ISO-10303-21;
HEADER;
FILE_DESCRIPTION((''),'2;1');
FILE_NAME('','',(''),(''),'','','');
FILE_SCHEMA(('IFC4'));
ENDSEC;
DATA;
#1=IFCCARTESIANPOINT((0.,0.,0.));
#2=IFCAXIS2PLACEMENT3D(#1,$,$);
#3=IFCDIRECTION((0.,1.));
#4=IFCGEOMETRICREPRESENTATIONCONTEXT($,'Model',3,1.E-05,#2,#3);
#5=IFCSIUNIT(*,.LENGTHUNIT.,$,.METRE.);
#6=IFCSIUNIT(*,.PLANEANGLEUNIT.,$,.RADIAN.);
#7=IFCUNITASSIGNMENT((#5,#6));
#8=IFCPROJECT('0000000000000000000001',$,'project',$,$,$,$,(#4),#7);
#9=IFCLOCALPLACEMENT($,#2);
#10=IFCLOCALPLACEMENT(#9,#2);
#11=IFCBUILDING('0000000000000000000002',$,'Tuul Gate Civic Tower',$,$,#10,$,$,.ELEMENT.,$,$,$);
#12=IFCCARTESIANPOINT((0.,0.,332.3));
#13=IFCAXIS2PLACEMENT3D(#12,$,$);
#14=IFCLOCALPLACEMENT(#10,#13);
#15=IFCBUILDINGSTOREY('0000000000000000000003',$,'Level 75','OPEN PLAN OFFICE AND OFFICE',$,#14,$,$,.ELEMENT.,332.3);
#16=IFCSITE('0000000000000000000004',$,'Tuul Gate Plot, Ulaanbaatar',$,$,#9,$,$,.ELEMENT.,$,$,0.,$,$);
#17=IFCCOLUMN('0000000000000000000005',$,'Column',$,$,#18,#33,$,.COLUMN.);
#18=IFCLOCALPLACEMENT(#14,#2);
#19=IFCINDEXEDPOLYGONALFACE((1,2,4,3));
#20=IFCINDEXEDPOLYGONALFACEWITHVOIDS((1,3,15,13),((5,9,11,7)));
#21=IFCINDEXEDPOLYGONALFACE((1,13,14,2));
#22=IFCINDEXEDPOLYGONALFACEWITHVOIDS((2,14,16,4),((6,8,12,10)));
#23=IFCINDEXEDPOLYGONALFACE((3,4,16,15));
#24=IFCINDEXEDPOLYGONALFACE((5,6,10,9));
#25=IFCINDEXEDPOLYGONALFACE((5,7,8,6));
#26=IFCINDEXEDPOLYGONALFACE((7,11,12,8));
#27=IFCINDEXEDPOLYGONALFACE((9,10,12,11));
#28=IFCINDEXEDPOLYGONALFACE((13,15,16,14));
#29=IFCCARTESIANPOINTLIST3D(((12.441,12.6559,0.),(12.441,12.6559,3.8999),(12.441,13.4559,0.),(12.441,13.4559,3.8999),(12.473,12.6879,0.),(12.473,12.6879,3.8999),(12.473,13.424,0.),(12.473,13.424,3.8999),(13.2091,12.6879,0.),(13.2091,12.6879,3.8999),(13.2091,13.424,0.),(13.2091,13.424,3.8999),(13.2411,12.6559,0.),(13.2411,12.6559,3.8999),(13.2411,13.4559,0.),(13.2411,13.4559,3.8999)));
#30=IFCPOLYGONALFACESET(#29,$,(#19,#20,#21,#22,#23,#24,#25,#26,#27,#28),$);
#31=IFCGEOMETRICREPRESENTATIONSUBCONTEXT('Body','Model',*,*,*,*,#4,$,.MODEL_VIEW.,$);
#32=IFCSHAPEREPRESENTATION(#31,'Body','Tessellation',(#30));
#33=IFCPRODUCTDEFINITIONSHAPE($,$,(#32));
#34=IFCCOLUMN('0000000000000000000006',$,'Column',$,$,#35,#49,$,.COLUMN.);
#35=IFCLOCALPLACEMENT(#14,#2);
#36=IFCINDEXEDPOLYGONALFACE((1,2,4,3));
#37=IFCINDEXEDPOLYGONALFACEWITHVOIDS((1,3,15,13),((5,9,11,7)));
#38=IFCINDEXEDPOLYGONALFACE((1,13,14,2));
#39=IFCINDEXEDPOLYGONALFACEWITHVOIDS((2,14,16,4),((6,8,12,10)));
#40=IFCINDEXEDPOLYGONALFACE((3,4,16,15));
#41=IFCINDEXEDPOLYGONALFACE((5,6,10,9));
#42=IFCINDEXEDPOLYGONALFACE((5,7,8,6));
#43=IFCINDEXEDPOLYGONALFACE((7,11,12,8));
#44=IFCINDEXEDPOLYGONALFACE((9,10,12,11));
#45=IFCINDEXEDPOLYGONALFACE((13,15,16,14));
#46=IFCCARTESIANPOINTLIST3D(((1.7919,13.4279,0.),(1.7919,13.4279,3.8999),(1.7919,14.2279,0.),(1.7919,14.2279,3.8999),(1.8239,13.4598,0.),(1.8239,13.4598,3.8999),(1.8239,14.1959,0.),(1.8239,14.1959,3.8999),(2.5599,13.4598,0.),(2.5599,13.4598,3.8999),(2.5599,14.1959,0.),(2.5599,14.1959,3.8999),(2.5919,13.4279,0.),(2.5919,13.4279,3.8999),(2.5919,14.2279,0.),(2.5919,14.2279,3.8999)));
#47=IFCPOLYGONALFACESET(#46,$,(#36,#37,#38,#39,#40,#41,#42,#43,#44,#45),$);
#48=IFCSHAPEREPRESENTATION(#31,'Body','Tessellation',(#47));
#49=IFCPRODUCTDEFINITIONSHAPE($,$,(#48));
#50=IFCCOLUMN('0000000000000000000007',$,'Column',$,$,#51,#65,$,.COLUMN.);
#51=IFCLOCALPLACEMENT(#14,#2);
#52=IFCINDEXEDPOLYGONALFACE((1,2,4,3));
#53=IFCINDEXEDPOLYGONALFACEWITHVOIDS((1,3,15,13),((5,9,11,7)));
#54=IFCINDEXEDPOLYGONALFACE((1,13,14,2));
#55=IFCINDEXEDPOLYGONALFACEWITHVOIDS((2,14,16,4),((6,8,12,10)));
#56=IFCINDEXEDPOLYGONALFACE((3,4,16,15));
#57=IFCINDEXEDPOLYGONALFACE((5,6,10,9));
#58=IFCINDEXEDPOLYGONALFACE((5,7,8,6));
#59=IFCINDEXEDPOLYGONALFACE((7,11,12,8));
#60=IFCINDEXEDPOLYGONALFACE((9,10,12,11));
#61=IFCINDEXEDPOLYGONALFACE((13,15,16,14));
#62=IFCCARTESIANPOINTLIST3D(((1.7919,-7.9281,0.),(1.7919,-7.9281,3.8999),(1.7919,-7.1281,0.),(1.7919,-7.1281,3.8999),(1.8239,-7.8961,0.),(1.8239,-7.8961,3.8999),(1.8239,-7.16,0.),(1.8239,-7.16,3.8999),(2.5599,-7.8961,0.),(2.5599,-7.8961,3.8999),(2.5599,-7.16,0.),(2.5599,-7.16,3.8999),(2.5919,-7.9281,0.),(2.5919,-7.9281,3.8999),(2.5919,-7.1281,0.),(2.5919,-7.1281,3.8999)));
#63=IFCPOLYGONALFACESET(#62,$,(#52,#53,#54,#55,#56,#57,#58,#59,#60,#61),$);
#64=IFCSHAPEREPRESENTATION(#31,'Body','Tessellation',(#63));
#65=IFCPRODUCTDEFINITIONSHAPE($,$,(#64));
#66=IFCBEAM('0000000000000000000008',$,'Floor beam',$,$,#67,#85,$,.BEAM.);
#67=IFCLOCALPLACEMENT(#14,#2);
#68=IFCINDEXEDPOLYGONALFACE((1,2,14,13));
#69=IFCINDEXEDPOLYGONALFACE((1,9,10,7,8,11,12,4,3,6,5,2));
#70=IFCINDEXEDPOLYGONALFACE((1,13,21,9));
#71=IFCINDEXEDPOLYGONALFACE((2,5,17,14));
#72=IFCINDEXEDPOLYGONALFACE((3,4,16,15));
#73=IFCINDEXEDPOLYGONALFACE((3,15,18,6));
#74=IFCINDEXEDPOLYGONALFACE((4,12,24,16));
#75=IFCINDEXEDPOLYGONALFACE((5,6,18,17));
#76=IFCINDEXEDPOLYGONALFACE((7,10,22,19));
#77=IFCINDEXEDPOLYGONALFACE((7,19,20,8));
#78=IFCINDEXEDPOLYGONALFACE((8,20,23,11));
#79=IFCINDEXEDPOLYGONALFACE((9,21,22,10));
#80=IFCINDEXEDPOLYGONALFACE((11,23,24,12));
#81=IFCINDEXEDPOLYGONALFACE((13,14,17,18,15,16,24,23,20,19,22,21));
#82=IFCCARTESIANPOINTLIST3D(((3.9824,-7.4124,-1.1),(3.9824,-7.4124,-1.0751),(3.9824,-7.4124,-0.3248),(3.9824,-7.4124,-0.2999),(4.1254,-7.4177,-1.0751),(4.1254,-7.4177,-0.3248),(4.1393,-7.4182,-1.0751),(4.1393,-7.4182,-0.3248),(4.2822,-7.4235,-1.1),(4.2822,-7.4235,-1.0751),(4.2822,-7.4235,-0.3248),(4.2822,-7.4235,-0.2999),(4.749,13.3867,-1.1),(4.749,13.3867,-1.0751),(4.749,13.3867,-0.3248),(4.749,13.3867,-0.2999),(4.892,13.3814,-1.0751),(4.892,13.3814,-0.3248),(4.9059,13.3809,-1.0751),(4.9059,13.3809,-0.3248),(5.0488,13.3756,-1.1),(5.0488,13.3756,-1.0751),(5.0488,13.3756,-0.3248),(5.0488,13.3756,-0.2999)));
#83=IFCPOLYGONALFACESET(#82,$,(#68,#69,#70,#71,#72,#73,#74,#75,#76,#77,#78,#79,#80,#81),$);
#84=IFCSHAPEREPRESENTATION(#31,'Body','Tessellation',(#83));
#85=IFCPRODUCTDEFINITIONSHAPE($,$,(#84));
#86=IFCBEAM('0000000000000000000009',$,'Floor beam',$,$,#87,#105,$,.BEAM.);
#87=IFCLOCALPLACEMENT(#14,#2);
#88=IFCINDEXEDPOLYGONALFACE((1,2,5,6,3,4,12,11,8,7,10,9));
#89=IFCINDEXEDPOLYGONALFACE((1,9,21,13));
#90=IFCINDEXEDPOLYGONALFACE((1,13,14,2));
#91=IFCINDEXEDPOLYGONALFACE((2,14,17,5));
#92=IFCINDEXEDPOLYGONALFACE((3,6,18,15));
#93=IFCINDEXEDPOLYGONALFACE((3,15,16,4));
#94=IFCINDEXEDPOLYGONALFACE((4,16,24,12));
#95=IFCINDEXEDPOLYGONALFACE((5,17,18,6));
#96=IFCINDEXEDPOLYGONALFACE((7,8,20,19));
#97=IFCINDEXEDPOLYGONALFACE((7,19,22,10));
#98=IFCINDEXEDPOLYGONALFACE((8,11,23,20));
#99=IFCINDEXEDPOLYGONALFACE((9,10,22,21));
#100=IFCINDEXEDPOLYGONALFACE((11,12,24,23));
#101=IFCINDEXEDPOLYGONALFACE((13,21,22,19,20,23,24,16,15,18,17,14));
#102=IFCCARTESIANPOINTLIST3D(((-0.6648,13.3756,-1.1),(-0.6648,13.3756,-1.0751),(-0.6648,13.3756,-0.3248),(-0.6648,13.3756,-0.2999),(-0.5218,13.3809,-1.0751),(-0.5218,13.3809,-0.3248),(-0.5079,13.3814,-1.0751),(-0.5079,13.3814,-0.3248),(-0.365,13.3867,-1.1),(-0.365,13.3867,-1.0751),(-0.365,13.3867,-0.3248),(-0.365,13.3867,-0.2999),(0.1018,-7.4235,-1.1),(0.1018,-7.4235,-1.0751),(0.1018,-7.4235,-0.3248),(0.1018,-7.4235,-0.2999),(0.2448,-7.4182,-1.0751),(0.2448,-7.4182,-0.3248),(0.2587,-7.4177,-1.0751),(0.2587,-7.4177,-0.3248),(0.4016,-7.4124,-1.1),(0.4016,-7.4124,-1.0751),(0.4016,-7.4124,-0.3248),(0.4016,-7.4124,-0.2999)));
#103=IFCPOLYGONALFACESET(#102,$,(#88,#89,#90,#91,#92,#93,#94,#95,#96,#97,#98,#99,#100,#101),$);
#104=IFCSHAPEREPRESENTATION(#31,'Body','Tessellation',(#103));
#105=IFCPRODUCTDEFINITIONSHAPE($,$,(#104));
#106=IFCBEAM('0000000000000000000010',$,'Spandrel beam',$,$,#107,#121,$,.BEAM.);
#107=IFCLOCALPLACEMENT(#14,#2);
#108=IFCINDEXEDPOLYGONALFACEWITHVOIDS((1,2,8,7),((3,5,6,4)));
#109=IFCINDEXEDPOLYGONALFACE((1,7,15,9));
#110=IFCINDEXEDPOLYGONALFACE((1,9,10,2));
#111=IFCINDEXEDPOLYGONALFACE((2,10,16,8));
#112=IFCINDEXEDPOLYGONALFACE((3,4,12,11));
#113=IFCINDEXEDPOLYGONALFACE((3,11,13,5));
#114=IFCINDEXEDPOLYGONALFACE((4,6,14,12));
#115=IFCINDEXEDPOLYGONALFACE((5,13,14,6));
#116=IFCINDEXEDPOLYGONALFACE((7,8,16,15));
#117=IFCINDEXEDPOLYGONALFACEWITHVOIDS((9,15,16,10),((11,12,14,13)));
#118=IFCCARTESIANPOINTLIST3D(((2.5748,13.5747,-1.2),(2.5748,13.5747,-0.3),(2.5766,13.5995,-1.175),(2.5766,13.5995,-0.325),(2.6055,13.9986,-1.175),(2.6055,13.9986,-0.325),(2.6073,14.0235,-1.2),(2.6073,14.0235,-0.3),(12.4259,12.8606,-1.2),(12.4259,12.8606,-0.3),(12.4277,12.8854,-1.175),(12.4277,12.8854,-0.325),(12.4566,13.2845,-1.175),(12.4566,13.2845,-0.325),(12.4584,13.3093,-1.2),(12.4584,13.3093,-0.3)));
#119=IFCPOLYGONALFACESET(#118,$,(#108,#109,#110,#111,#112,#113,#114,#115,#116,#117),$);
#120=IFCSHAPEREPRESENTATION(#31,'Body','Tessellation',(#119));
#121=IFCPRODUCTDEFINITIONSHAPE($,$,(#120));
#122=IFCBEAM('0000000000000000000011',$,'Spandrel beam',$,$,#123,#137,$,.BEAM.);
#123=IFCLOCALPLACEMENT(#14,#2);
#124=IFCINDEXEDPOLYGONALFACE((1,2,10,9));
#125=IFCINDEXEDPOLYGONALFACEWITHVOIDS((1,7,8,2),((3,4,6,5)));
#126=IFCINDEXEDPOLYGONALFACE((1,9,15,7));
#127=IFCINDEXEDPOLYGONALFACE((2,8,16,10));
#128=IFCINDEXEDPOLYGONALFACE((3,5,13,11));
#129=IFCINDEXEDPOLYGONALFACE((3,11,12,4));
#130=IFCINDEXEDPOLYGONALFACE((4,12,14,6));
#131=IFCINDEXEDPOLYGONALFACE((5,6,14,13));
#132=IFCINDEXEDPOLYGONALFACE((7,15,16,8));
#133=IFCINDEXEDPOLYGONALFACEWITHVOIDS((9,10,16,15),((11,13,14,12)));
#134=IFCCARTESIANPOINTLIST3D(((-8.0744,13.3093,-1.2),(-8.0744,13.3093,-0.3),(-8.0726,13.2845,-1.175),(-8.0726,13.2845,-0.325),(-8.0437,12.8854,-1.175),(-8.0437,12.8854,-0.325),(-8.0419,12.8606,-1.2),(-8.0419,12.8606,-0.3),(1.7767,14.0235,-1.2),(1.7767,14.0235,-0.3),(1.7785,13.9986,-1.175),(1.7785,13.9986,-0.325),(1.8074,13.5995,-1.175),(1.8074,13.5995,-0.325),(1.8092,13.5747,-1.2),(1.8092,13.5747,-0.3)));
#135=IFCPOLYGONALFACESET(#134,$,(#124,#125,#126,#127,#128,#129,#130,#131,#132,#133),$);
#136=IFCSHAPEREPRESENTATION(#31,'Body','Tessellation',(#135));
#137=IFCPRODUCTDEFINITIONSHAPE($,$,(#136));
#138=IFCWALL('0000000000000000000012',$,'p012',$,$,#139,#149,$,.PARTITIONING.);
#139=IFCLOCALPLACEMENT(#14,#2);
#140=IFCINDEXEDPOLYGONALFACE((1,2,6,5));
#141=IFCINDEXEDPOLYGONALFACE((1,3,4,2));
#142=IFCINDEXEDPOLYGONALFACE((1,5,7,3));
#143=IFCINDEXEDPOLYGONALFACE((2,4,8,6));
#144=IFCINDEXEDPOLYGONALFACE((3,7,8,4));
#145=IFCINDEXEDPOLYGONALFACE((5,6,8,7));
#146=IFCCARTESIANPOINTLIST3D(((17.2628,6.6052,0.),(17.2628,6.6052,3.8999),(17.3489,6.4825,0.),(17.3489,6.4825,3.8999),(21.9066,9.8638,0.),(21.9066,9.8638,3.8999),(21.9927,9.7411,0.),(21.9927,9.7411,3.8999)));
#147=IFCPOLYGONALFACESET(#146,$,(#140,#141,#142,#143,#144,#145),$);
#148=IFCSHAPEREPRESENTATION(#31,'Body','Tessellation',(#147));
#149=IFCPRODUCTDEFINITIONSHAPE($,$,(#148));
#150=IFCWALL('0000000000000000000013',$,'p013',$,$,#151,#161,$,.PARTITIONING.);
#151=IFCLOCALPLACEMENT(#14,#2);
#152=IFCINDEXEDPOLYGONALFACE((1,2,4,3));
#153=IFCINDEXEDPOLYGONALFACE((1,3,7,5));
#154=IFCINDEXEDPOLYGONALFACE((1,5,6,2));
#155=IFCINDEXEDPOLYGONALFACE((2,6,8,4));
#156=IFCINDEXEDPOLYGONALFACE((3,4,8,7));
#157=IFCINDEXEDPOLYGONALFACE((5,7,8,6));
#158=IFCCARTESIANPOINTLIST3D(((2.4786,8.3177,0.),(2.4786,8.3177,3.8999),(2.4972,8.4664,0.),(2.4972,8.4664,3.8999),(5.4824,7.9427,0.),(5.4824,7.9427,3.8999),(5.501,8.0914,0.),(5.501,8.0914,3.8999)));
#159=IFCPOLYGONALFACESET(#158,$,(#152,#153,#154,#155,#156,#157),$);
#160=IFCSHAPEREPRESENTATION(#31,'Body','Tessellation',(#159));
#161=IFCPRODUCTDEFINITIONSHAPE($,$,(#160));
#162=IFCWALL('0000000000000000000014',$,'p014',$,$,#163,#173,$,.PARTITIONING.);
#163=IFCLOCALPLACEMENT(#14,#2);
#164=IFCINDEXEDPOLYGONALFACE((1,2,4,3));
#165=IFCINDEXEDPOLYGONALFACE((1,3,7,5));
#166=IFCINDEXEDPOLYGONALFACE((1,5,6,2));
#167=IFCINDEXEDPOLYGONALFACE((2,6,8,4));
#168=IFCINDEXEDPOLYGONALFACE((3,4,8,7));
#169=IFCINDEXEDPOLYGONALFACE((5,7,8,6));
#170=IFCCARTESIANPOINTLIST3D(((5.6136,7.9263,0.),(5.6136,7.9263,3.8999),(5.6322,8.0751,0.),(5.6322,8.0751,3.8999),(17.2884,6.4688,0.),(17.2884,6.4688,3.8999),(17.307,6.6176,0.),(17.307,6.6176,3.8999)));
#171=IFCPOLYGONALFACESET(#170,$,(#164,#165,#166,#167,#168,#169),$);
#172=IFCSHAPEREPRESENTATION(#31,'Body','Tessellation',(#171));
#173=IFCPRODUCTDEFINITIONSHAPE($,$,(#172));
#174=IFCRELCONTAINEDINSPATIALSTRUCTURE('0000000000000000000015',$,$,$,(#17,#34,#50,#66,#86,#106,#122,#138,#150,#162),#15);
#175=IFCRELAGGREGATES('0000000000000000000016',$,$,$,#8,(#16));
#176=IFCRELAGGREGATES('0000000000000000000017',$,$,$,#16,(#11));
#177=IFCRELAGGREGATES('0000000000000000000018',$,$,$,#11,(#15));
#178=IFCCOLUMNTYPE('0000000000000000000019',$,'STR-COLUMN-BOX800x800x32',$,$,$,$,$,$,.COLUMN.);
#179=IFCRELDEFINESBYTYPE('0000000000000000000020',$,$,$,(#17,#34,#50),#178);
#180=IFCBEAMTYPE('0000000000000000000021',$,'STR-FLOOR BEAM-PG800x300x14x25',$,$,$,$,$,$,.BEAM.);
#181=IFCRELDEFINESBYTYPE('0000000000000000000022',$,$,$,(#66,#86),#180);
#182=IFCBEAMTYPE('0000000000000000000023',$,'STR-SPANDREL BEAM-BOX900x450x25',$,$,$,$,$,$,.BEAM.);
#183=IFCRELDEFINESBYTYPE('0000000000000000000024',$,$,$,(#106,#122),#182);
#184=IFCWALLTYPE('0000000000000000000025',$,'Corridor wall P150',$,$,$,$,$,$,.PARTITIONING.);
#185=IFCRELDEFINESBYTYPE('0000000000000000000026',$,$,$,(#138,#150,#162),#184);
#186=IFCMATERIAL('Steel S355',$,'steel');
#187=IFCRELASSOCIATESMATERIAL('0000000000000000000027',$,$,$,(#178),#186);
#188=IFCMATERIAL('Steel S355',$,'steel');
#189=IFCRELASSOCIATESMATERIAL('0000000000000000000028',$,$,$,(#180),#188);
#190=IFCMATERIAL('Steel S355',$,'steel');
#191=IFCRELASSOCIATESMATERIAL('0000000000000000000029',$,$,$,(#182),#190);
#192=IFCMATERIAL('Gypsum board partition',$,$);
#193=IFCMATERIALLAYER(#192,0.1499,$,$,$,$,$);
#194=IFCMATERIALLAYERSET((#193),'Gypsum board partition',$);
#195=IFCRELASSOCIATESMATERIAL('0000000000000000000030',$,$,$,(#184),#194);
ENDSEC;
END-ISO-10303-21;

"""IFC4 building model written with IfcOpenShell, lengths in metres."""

from ifc_helpers import new_model, si_unit, direction, frame, frame_2d, origin, origin_2d, place, context, subcontext, project, spatial, rectangle, hollow_rectangle, i_section, extrude, material, layer, layer_set, material_profile, profile_set, type_object, element, save


model = new_model("IFC4")

# Units and contexts
model_context = context("Model", 3, precision=1e-05, world=origin(), true_north=direction((0.0, 1.0)))
body_context = subcontext(model_context, "Body", "Model", "MODEL_VIEW")
ifc_project = project(units=[si_unit("LENGTHUNIT", "METRE"), si_unit("PLANEANGLEUNIT", "RADIAN")], contexts=[model_context])

# Site, building, storey
site_placement = place(None, origin())
site = spatial("IfcSite", under=ifc_project, at=site_placement, Name="Tuul Gate Plot, Ulaanbaatar", CompositionType="ELEMENT", RefElevation=0.0)
building_placement = place(site_placement, origin())
building = spatial("IfcBuilding", under=site, at=building_placement, Name="Tuul Gate Civic Tower", CompositionType="ELEMENT")
storey_placement = place(building_placement, frame((0.0, 0.0, 332.3)))
storey = spatial("IfcBuildingStorey", under=building, at=storey_placement, Name="Level 75", Description="OPEN PLAN OFFICE AND OFFICE", CompositionType="ELEMENT", Elevation=332.3)

# Columns
ifc_material_1 = material(Name="Steel S355", Category="steel")
ifc_material_profile_1 = material_profile(ifc_material_1, hollow_rectangle(XDim=0.8, YDim=0.8, WallThickness=0.032, at=origin_2d()), Name="BOX800x800x32")
ifc_profile_set_1 = profile_set([ifc_material_profile_1], Name="Steel S355")
column_type = type_object("IfcColumnType", Name="STR-COLUMN-BOX800x800x32", PredefinedType="COLUMN", material=ifc_profile_set_1)
for number, where, z_axis, x_axis, name in (
    (1, (12.8411, 13.0559, 0.0), (0.0, 0.0, 1.0), (1.0, 0.0, 0.0), "Column"),
    (2, (2.1919, 13.8279, 0.0), (0.0, 0.0, 1.0), (1.0, 0.0, 0.0), "Column"),
    (3, (2.1919, -7.5281, 0.0), (0.0, 0.0, 1.0), (1.0, 0.0, 0.0), "Column"),
):
    element("IfcColumn", number, at=place(storey_placement, frame(where, z_axis=z_axis, x_axis=x_axis)), inside=storey, type_object=column_type, Name=name, PredefinedType="COLUMN", context=body_context, shape_type="SweptSolid", body=[
        extrude(hollow_rectangle(XDim=0.8, YDim=0.8, WallThickness=0.032, at=origin_2d()), origin(), (0.0, 0.0, 1.0), 3.8999),
    ])

# Beams
ifc_material_2 = material(Name="Steel S355", Category="steel")
ifc_material_profile_2 = material_profile(ifc_material_2, i_section(OverallWidth=0.3, OverallDepth=0.8, WebThickness=0.0139, FlangeThickness=0.0249, at=origin_2d()), Name="PG800x300x14x25")
ifc_profile_set_2 = profile_set([ifc_material_profile_2], Name="Steel S355")
beam_type_1 = type_object("IfcBeamType", Name="STR-FLOOR BEAM-PG800x300x14x25", PredefinedType="BEAM", material=ifc_profile_set_2)
for number, where, z_axis, x_axis, name in (
    (4, (4.1323, -7.418, -0.7), (0.036832, 0.999321, 0.0), (-0.999321, 0.036832, 0.0), "Floor beam"),
    (5, (0.2517, -7.418, -0.7), (-0.036832, 0.999321, 0.0), (-0.999321, -0.036832, 0.0), "Floor beam"),
):
    element("IfcBeam", number, at=place(storey_placement, frame(where, z_axis=z_axis, x_axis=x_axis)), inside=storey, type_object=beam_type_1, Name=name, PredefinedType="BEAM", context=body_context, shape_type="SweptSolid", body=[
        extrude(i_section(OverallWidth=0.3, OverallDepth=0.8, WebThickness=0.0139, FlangeThickness=0.0249, at=origin_2d()), origin(), (0.0, 0.0, 1.0), 20.8132),
    ])
ifc_material_3 = material(Name="Steel S355", Category="steel")
ifc_material_profile_3 = material_profile(ifc_material_3, hollow_rectangle(XDim=0.45, YDim=0.8999, WallThickness=0.0249, at=origin_2d()), Name="BOX900x450x25")
ifc_profile_set_3 = profile_set([ifc_material_profile_3], Name="Steel S355")
beam_type_2 = type_object("IfcBeamType", Name="STR-SPANDREL BEAM-BOX900x450x25", PredefinedType="BEAM", material=ifc_profile_set_3)
for number, where, z_axis, x_axis, name in (
    (6, (12.4421, 13.085, -0.75), (-0.997383, 0.072301, 0.0), (-0.072301, -0.997383, 0.0), "Spandrel beam"),
    (7, (1.793, 13.7991, -0.75), (-0.997383, -0.072301, 0.0), (0.072301, -0.997383, 0.0), "Spandrel beam"),
):
    element("IfcBeam", number, at=place(storey_placement, frame(where, z_axis=z_axis, x_axis=x_axis)), inside=storey, type_object=beam_type_2, Name=name, PredefinedType="BEAM", context=body_context, shape_type="SweptSolid", body=[
        extrude(hollow_rectangle(XDim=0.45, YDim=0.8999, WallThickness=0.0249, at=origin_2d()), origin(), (0.0, 0.0, 1.0), 9.877),
    ])

# Walls
ifc_material_4 = material(Name="Gypsum board partition")
ifc_layer_1 = layer(ifc_material_4, 0.1499)
ifc_layer_set_1 = layer_set([ifc_layer_1], Name="Gypsum board partition")
wall_type_1 = type_object("IfcWallType", Name="Corridor wall P150", PredefinedType="PARTITIONING", material=ifc_layer_set_1)
wall_1_placement = place(storey_placement, frame((17.3059, 6.5439, 0.0), z_axis=(0.0, 0.0, 1.0), x_axis=(0.818578, 0.574395, 0.0)))
element("IfcWall", 8, at=wall_1_placement, inside=storey, type_object=wall_type_1, Name="p012", PredefinedType="PARTITIONING", context=body_context, shape_type="SweptSolid", body=[
    extrude(rectangle(XDim=5.6731, YDim=0.1499, at=frame_2d((2.8364, 0.0))), origin(), (0.0, 0.0, 1.0), 3.8999),
])
wall_2_placement = place(storey_placement, frame((2.4878, 8.3921, 0.0), z_axis=(0.0, 0.0, 1.0), x_axis=(0.992296, -0.123886, 0.0)))
element("IfcWall", 9, at=wall_2_placement, inside=storey, type_object=wall_type_1, Name="p013", PredefinedType="PARTITIONING", context=body_context, shape_type="SweptSolid", body=[
    extrude(rectangle(XDim=3.0271, YDim=0.1499, at=frame_2d((1.5137, 0.0))), origin(), (0.0, 0.0, 1.0), 3.8999),
])
wall_3_placement = place(storey_placement, frame((5.6228, 8.0007, 0.0), z_axis=(0.0, 0.0, 1.0), x_axis=(0.992297, -0.123881, 0.0)))
element("IfcWall", 10, at=wall_3_placement, inside=storey, type_object=wall_type_1, Name="p014", PredefinedType="PARTITIONING", context=body_context, shape_type="SweptSolid", body=[
    extrude(rectangle(XDim=11.7654, YDim=0.1499, at=frame_2d((5.8828, 0.0))), origin(), (0.0, 0.0, 1.0), 3.8999),
])

save(model, "model.ifc")
